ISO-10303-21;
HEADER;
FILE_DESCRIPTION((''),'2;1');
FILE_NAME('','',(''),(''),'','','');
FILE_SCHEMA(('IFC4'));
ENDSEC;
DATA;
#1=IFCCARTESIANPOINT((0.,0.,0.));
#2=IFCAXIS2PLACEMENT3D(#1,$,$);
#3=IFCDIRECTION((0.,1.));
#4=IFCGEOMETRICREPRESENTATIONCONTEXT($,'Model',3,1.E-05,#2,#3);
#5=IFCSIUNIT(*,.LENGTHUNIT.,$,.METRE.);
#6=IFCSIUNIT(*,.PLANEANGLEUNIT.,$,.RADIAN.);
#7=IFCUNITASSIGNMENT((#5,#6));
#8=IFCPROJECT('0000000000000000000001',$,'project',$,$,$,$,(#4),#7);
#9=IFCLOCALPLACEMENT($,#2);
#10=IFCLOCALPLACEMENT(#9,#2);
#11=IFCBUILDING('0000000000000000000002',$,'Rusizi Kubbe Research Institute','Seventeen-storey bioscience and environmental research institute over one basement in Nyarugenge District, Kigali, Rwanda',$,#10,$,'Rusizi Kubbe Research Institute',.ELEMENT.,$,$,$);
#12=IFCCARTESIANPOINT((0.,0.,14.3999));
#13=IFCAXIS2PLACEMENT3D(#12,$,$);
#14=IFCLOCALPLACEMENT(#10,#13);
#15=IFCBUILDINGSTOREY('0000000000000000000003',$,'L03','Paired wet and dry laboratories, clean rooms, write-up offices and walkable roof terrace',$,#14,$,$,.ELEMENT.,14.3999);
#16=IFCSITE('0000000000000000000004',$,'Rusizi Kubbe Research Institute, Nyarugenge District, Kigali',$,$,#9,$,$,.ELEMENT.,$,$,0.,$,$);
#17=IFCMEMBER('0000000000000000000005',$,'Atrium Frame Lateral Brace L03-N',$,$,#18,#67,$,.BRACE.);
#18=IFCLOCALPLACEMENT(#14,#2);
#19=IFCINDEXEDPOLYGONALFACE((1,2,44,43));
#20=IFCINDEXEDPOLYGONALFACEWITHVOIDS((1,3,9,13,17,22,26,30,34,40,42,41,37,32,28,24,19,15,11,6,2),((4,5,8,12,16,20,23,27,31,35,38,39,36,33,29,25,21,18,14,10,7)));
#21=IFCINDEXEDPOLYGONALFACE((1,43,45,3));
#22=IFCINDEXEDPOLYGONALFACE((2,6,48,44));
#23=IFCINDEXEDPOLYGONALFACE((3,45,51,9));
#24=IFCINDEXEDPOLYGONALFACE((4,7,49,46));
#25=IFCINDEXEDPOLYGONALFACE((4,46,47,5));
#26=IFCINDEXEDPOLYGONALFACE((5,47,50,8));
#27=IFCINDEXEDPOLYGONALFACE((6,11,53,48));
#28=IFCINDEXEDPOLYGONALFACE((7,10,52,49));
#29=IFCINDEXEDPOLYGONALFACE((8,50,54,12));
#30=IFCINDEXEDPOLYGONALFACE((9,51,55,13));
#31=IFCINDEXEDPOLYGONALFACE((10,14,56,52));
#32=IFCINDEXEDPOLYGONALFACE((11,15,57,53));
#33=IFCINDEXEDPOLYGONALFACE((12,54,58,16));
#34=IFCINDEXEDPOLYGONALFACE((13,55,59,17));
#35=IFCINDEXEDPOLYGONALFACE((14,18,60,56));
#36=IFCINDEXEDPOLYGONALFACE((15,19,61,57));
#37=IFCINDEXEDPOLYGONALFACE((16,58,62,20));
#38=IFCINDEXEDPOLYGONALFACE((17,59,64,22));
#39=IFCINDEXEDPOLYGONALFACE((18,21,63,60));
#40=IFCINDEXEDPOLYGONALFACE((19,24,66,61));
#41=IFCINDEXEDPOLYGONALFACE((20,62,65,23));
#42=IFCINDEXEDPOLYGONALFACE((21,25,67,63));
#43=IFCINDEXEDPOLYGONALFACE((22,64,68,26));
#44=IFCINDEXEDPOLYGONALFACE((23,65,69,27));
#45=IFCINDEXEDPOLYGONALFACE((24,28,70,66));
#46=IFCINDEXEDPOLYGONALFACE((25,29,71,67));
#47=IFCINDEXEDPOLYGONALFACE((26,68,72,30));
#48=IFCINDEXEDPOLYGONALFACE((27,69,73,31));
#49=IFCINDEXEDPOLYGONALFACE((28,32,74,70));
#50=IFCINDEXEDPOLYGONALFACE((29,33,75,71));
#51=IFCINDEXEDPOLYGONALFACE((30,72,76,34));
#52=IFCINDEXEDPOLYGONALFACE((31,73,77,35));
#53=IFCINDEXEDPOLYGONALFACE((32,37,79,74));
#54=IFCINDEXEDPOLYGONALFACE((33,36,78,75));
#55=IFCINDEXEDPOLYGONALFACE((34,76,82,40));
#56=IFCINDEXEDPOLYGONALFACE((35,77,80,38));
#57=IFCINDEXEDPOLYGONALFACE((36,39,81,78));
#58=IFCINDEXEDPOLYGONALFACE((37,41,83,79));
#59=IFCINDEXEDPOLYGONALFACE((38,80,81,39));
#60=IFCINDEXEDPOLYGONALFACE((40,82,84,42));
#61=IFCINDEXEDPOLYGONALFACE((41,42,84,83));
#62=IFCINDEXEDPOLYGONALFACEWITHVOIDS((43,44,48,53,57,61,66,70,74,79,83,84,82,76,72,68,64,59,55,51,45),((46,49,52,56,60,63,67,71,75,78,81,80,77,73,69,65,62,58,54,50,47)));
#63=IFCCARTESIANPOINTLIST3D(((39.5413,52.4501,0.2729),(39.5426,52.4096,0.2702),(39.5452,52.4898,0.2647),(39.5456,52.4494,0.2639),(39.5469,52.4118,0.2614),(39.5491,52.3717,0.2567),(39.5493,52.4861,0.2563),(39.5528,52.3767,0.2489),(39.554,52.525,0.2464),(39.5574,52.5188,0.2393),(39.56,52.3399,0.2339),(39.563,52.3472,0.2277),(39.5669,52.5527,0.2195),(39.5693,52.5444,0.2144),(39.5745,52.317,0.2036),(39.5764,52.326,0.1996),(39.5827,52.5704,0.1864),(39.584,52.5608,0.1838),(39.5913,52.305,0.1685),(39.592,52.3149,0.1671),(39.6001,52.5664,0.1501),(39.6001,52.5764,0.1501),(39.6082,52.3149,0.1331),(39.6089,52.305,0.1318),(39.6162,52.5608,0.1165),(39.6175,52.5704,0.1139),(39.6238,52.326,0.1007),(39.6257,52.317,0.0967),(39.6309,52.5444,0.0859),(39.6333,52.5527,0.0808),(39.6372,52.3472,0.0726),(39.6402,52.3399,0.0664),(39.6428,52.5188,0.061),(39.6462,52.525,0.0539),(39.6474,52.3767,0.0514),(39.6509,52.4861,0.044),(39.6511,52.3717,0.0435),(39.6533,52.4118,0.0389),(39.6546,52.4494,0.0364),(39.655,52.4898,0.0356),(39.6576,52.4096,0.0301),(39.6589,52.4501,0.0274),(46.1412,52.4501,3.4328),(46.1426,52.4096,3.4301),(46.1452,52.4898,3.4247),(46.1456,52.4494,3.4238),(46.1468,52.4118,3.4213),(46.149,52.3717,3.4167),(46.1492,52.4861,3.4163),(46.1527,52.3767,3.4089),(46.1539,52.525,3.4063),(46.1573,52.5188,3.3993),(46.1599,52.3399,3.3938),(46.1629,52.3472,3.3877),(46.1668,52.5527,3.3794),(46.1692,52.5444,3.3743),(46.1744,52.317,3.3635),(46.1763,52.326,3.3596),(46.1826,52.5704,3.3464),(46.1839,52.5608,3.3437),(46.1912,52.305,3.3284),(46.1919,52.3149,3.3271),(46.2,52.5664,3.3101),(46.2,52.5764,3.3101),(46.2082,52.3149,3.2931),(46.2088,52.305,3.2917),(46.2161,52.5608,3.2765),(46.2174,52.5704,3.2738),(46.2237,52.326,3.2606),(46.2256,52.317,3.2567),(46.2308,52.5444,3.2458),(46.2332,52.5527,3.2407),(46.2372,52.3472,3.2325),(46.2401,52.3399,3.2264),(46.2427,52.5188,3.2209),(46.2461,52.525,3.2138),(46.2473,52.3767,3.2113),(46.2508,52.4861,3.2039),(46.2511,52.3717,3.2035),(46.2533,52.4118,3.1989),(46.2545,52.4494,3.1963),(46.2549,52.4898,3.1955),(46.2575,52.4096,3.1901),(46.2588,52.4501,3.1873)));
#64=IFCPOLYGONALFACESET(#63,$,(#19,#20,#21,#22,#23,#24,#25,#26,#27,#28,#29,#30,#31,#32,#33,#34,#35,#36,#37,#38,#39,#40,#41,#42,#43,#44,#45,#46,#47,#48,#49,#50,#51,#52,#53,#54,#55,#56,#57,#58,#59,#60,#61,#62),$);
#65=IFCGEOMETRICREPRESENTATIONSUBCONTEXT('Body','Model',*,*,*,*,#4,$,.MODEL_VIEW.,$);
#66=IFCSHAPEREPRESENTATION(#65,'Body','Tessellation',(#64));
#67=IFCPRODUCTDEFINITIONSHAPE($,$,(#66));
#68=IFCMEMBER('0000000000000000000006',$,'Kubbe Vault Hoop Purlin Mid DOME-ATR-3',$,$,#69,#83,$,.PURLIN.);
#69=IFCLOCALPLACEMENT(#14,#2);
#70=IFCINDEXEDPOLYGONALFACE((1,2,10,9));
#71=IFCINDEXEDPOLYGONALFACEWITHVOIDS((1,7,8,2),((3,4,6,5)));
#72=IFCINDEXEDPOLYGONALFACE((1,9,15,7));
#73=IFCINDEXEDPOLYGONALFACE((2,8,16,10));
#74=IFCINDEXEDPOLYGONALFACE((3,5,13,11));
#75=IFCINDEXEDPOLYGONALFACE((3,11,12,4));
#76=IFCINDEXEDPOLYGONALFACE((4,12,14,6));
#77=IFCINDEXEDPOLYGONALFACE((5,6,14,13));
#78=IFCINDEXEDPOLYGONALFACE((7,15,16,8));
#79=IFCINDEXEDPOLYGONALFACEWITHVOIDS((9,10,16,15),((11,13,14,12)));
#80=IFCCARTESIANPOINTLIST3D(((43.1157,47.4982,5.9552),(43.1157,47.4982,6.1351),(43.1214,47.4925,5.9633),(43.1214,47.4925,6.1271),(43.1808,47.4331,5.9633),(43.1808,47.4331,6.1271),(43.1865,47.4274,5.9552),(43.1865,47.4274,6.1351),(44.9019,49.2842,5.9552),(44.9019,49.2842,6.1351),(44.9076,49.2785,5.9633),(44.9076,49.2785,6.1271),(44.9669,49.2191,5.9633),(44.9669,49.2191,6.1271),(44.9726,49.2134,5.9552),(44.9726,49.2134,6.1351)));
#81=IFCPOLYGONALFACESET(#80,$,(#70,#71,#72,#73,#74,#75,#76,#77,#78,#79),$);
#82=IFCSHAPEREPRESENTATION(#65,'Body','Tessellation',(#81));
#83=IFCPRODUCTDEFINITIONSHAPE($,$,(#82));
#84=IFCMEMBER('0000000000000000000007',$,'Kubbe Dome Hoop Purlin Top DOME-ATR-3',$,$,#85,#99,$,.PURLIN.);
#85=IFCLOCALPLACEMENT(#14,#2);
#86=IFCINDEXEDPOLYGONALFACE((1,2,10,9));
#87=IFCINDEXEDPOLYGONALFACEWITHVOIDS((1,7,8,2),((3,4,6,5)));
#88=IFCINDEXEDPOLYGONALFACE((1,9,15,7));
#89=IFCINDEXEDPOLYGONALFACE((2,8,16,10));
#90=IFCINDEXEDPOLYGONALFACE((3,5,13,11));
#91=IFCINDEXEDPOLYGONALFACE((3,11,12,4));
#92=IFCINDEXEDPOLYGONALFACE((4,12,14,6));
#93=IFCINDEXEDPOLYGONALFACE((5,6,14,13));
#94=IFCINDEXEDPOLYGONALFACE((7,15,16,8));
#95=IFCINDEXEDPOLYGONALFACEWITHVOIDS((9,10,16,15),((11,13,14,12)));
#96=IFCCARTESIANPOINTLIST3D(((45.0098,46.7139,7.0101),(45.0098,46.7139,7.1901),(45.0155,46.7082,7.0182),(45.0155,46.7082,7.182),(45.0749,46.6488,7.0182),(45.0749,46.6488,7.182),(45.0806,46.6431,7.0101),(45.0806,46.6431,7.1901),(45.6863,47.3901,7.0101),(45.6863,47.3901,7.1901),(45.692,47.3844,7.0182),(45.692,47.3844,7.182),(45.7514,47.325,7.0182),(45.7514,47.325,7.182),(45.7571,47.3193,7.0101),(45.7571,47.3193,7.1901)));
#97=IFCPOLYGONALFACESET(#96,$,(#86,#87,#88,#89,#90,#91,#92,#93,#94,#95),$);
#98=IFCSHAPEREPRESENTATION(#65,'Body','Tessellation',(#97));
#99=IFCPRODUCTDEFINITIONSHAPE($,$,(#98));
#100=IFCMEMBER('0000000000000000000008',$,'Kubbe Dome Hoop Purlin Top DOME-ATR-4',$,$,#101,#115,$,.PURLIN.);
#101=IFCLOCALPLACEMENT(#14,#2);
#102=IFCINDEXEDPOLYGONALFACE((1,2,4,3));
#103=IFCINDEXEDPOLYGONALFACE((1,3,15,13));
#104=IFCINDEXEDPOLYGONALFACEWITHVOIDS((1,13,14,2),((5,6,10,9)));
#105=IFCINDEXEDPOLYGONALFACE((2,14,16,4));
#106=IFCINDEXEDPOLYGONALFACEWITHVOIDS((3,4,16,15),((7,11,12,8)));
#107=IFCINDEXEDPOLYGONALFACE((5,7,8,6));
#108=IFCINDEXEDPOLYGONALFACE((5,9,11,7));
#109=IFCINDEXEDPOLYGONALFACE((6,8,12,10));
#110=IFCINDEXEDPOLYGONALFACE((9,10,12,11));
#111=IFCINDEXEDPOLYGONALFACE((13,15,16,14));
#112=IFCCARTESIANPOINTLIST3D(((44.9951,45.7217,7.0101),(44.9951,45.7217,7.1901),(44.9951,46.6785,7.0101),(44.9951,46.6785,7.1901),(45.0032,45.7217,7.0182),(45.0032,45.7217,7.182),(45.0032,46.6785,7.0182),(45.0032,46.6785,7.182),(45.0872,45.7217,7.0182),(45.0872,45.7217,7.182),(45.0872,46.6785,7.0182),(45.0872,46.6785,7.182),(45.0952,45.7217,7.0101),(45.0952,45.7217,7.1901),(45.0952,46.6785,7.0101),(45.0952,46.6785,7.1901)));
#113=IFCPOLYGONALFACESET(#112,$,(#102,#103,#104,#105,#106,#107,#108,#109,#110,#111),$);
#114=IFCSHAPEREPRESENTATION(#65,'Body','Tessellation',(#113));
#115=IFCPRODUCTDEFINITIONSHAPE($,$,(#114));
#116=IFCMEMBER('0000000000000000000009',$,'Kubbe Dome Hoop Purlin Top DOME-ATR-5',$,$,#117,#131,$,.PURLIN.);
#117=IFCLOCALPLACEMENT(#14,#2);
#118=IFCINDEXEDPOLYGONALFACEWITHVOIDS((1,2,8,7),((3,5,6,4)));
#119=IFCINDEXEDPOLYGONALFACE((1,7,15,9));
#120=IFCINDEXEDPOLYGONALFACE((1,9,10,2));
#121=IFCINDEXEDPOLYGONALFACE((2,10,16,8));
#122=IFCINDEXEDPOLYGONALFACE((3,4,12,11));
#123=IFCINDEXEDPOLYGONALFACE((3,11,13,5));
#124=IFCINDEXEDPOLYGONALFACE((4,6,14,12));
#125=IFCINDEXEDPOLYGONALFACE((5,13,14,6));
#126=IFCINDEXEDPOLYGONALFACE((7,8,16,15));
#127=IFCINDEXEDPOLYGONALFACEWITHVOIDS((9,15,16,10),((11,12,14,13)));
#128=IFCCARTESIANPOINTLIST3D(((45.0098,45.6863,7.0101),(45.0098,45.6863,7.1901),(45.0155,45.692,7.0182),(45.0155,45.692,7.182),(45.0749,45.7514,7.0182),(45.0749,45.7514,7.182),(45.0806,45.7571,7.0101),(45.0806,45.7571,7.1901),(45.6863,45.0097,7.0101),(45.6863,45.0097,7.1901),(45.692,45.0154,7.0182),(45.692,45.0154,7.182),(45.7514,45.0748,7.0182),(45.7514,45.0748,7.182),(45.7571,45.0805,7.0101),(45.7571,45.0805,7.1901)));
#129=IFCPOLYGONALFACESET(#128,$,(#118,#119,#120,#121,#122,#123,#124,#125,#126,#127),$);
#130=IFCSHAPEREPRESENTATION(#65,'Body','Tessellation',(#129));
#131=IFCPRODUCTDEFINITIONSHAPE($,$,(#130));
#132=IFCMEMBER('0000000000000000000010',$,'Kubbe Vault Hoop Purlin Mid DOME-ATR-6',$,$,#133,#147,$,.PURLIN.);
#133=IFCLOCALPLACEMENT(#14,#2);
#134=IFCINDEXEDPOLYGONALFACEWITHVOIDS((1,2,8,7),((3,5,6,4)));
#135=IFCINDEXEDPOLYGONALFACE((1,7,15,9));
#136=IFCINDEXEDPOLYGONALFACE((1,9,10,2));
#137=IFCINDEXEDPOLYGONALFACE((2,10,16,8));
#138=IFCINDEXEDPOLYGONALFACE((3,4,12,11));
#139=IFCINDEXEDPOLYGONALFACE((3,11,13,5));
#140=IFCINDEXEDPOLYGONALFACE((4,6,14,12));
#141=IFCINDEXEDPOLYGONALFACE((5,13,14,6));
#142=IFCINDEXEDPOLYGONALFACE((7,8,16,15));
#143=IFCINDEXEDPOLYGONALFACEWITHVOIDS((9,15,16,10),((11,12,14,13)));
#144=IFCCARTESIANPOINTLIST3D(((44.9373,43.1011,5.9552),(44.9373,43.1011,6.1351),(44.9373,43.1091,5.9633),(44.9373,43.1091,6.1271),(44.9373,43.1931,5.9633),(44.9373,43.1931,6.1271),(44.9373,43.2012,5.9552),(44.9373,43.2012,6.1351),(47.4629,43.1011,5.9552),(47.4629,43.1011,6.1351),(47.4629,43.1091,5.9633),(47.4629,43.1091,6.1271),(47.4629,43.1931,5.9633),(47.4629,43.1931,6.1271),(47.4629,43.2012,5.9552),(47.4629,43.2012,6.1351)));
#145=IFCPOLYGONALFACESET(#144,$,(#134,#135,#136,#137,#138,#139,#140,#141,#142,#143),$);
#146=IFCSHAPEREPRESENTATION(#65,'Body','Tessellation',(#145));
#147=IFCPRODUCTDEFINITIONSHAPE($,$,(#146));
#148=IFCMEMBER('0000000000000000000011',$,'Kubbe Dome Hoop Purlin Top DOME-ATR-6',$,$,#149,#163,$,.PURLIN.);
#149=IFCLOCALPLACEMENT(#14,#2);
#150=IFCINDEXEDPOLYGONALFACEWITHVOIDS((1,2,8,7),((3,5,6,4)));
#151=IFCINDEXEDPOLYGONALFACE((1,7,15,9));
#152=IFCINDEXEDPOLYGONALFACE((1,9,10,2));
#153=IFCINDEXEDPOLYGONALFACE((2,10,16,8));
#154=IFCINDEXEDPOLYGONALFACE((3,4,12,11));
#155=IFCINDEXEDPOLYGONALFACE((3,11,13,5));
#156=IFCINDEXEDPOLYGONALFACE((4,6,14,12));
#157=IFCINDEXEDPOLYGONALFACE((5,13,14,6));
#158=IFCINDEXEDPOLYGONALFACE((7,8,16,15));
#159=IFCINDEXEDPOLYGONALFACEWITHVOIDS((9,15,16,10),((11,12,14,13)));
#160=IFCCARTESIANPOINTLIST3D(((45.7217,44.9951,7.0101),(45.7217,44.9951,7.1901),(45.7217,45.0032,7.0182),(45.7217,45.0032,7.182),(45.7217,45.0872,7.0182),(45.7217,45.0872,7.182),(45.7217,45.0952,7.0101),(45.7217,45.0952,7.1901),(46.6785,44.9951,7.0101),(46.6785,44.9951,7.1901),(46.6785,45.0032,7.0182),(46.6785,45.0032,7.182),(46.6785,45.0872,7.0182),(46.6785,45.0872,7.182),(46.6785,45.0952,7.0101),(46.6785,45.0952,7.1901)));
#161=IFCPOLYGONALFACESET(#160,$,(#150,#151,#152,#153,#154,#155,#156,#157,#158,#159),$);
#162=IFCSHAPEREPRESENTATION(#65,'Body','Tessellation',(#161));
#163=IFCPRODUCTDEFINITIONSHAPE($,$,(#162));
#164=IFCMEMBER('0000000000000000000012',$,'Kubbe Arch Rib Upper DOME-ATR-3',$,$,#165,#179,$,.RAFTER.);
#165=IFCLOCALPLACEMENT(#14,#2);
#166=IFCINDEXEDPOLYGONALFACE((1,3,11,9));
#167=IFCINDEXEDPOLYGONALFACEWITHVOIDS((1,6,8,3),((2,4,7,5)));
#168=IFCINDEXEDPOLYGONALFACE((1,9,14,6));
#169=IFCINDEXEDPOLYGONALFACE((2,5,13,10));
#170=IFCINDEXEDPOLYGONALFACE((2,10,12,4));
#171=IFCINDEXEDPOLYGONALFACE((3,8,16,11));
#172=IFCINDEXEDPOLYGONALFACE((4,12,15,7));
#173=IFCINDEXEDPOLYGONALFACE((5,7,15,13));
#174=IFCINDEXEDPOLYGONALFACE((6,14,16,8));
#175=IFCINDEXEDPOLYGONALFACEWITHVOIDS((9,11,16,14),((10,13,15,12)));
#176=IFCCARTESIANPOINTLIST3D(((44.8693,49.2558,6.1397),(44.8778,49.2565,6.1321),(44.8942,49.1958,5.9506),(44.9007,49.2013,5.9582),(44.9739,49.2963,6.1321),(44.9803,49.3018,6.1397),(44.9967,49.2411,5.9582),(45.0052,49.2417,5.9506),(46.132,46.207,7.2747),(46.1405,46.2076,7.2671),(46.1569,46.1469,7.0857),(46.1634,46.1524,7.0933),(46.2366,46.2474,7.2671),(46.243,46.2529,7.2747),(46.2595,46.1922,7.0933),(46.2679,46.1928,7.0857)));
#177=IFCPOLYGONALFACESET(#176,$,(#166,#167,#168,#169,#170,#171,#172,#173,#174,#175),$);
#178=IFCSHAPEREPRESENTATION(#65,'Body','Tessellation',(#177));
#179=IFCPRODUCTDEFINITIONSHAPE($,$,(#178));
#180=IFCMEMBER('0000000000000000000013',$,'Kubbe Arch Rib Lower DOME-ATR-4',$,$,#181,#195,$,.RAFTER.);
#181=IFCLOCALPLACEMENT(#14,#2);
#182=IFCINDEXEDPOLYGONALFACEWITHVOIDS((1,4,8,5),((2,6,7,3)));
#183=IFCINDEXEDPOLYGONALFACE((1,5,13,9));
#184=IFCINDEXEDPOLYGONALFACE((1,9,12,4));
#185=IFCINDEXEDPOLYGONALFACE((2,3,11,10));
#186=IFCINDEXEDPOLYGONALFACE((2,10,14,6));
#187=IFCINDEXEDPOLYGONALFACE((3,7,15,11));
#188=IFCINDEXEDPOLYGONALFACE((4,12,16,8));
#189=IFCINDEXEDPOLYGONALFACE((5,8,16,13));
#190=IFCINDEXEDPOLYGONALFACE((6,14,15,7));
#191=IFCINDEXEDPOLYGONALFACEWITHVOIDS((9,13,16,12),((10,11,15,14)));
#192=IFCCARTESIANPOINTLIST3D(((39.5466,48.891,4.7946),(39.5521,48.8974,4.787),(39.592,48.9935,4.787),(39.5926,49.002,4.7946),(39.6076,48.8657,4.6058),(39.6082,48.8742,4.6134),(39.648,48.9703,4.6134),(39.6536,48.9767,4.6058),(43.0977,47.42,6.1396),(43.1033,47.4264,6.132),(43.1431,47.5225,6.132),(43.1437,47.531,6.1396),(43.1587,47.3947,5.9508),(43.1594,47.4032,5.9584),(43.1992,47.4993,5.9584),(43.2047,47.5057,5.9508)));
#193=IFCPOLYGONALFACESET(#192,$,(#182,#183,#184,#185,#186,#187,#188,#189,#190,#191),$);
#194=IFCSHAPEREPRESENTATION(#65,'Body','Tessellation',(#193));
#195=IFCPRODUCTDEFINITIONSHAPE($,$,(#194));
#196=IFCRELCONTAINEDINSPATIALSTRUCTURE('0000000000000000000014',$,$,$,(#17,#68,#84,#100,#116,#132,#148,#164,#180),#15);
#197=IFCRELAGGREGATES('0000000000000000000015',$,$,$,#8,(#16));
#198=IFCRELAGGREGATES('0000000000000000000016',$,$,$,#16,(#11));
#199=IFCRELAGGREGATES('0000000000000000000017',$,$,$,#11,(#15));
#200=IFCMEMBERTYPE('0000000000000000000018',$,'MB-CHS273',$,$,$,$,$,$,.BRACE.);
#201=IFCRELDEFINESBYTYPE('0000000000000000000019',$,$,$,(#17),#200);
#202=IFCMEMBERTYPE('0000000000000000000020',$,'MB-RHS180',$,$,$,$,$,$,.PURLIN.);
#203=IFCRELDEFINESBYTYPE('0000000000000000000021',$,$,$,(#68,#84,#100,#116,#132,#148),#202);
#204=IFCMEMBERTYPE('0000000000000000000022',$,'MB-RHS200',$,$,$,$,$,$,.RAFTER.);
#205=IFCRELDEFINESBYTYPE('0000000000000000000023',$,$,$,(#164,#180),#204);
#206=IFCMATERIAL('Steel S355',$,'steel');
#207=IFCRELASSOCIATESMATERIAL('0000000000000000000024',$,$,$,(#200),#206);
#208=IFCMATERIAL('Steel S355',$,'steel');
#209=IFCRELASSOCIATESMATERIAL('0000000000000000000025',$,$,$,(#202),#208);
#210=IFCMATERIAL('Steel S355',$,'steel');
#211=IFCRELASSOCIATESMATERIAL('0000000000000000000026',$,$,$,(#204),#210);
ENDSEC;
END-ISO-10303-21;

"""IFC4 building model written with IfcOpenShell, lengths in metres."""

from ifc_helpers import new_model, si_unit, direction, frame, origin, origin_2d, place, context, subcontext, project, spatial, hollow_rectangle, hollow_circle, extrude, material, material_profile, profile_set, type_object, element, save


model = new_model("IFC4")

# Units and contexts
model_context = context("Model", 3, precision=1e-05, world=origin(), true_north=direction((0.0, 1.0)))
body_context = subcontext(model_context, "Body", "Model", "MODEL_VIEW")
ifc_project = project(units=[si_unit("LENGTHUNIT", "METRE"), si_unit("PLANEANGLEUNIT", "RADIAN")], contexts=[model_context])

# Site, building, storey
site_placement = place(None, origin())
site = spatial("IfcSite", under=ifc_project, at=site_placement, Name="Rusizi Kubbe Research Institute, Nyarugenge District, Kigali", CompositionType="ELEMENT", RefElevation=0.0)
building_placement = place(site_placement, origin())
building = spatial("IfcBuilding", under=site, at=building_placement, Name="Rusizi Kubbe Research Institute", Description="Seventeen-storey bioscience and environmental research institute over one basement in Nyarugenge District, Kigali, Rwanda", LongName="Rusizi Kubbe Research Institute", CompositionType="ELEMENT")
storey_placement = place(building_placement, frame((0.0, 0.0, 14.3999)))
storey = spatial("IfcBuildingStorey", under=building, at=storey_placement, Name="L03", Description="Paired wet and dry laboratories, clean rooms, write-up offices and walkable roof terrace", CompositionType="ELEMENT", Elevation=14.3999)

# Members
ifc_material_1 = material(Name="Steel S355", Category="steel")
ifc_material_profile_1 = material_profile(ifc_material_1, hollow_circle(Radius=0.1365, WallThickness=0.01, at=origin_2d()), Name="CHS 273.0x10.0")
ifc_profile_set_1 = profile_set([ifc_material_profile_1], Name="Steel S355")
member_type_1 = type_object("IfcMemberType", Name="MB-CHS273", PredefinedType="BRACE", material=ifc_profile_set_1)
member_1_placement = place(storey_placement, frame((39.6001, 52.4399, 0.1501), z_axis=(0.90195, 0.0, 0.43184), x_axis=(0.0, 1.0, 0.0)))
element("IfcMember", 1, at=member_1_placement, inside=storey, type_object=member_type_1, Name="Atrium Frame Lateral Brace L03-N", PredefinedType="BRACE", context=body_context, shape_type="SweptSolid", body=[
    extrude(hollow_circle(Radius=0.1365, WallThickness=0.01, at=origin_2d()), origin(), (0.0, 0.0, 1.0), 7.3174),
])
ifc_material_2 = material(Name="Steel S355", Category="steel")
ifc_material_profile_2 = material_profile(ifc_material_2, hollow_rectangle(XDim=0.1001, YDim=0.1799, WallThickness=0.0081, at=origin_2d()), Name="RHS 180x100x8.0")
ifc_profile_set_2 = profile_set([ifc_material_profile_2], Name="Steel S355")
member_type_2 = type_object("IfcMemberType", Name="MB-RHS180", PredefinedType="PURLIN", material=ifc_profile_set_2)
member_2_placement = place(storey_placement, frame((44.9373, 49.2488, 6.0452), z_axis=(-0.707155, -0.707058, 0.0), x_axis=(0.707058, -0.707155, 0.0)))
element("IfcMember", 2, at=member_2_placement, inside=storey, type_object=member_type_2, Name="Kubbe Vault Hoop Purlin Mid DOME-ATR-3", PredefinedType="PURLIN", context=body_context, shape_type="SweptSolid", body=[
    extrude(hollow_rectangle(XDim=0.1001, YDim=0.1799, WallThickness=0.0081, at=origin_2d()), origin(), (0.0, 0.0, 1.0), 2.5259),
])
member_3_placement = place(storey_placement, frame((45.7217, 47.3547, 7.1001), z_axis=(-0.707234, -0.706979, 0.0), x_axis=(0.706979, -0.707234, 0.0)))
element("IfcMember", 3, at=member_3_placement, inside=storey, type_object=member_type_2, Name="Kubbe Dome Hoop Purlin Top DOME-ATR-3", PredefinedType="PURLIN", context=body_context, shape_type="SweptSolid", body=[
    extrude(hollow_rectangle(XDim=0.1001, YDim=0.1799, WallThickness=0.0081, at=origin_2d()), origin(), (0.0, 0.0, 1.0), 0.9565),
])
for number, where, z_axis, x_axis, name in (
    (4, (45.0452, 46.6785, 7.1001), (0.0, -1.0, 0.0), (1.0, 0.0, 0.0), "Kubbe Dome Hoop Purlin Top DOME-ATR-4"),
    (5, (45.0452, 45.7217, 7.1001), (0.707107, -0.707107, 0.0), (0.707107, 0.707107, 0.0), "Kubbe Dome Hoop Purlin Top DOME-ATR-5"),
):
    element("IfcMember", number, at=place(storey_placement, frame(where, z_axis=z_axis, x_axis=x_axis)), inside=storey, type_object=member_type_2, Name=name, PredefinedType="PURLIN", context=body_context, shape_type="SweptSolid", body=[
        extrude(hollow_rectangle(XDim=0.1001, YDim=0.1799, WallThickness=0.0081, at=origin_2d()), origin(), (0.0, 0.0, 1.0), 0.9568),
    ])
member_4_placement = place(storey_placement, frame((44.9373, 43.1511, 6.0452), z_axis=(1.0, 0.0, 0.0), x_axis=(0.0, 1.0, 0.0)))
element("IfcMember", 6, at=member_4_placement, inside=storey, type_object=member_type_2, Name="Kubbe Vault Hoop Purlin Mid DOME-ATR-6", PredefinedType="PURLIN", context=body_context, shape_type="SweptSolid", body=[
    extrude(hollow_rectangle(XDim=0.1001, YDim=0.1799, WallThickness=0.0081, at=origin_2d()), origin(), (0.0, 0.0, 1.0), 2.5256),
])
member_5_placement = place(storey_placement, frame((45.7217, 45.0452, 7.1001), z_axis=(1.0, 0.0, 0.0), x_axis=(0.0, 1.0, 0.0)))
element("IfcMember", 7, at=member_5_placement, inside=storey, type_object=member_type_2, Name="Kubbe Dome Hoop Purlin Top DOME-ATR-6", PredefinedType="PURLIN", context=body_context, shape_type="SweptSolid", body=[
    extrude(hollow_rectangle(XDim=0.1001, YDim=0.1799, WallThickness=0.0081, at=origin_2d()), origin(), (0.0, 0.0, 1.0), 0.9568),
])
ifc_material_3 = material(Name="Steel S355", Category="steel")
ifc_material_profile_3 = material_profile(ifc_material_3, hollow_rectangle(XDim=0.1201, YDim=0.2, WallThickness=0.0081, at=origin_2d()), Name="RHS 200x120x8.0")
ifc_profile_set_3 = profile_set([ifc_material_profile_3], Name="Steel S355")
member_type_3 = type_object("IfcMemberType", Name="MB-RHS200", PredefinedType="RAFTER", material=ifc_profile_set_3)
member_6_placement = place(storey_placement, frame((44.9373, 49.2488, 6.0452), z_axis=(0.361835, -0.873665, 0.325246), x_axis=(0.923898, 0.382639, 0.0)))
element("IfcMember", 8, at=member_6_placement, inside=storey, type_object=member_type_3, Name="Kubbe Arch Rib Upper DOME-ATR-3", PredefinedType="RAFTER", context=body_context, shape_type="SweptSolid", body=[
    extrude(hollow_rectangle(XDim=0.1201, YDim=0.2, WallThickness=0.0081, at=origin_2d()), origin(), (0.0, 0.0, 1.0), 3.4897),
])
member_7_placement = place(storey_placement, frame((39.6001, 48.9338, 4.7002), z_axis=(0.872027, -0.361221, 0.330285), x_axis=(0.382698, 0.923874, 0.0)))
element("IfcMember", 9, at=member_7_placement, inside=storey, type_object=member_type_3, Name="Kubbe Arch Rib Lower DOME-ATR-4", PredefinedType="RAFTER", context=body_context, shape_type="SweptSolid", body=[
    extrude(hollow_rectangle(XDim=0.1201, YDim=0.2, WallThickness=0.0081, at=origin_2d()), origin(), (0.0, 0.0, 1.0), 4.0723),
])

save(model, "model.ifc")
